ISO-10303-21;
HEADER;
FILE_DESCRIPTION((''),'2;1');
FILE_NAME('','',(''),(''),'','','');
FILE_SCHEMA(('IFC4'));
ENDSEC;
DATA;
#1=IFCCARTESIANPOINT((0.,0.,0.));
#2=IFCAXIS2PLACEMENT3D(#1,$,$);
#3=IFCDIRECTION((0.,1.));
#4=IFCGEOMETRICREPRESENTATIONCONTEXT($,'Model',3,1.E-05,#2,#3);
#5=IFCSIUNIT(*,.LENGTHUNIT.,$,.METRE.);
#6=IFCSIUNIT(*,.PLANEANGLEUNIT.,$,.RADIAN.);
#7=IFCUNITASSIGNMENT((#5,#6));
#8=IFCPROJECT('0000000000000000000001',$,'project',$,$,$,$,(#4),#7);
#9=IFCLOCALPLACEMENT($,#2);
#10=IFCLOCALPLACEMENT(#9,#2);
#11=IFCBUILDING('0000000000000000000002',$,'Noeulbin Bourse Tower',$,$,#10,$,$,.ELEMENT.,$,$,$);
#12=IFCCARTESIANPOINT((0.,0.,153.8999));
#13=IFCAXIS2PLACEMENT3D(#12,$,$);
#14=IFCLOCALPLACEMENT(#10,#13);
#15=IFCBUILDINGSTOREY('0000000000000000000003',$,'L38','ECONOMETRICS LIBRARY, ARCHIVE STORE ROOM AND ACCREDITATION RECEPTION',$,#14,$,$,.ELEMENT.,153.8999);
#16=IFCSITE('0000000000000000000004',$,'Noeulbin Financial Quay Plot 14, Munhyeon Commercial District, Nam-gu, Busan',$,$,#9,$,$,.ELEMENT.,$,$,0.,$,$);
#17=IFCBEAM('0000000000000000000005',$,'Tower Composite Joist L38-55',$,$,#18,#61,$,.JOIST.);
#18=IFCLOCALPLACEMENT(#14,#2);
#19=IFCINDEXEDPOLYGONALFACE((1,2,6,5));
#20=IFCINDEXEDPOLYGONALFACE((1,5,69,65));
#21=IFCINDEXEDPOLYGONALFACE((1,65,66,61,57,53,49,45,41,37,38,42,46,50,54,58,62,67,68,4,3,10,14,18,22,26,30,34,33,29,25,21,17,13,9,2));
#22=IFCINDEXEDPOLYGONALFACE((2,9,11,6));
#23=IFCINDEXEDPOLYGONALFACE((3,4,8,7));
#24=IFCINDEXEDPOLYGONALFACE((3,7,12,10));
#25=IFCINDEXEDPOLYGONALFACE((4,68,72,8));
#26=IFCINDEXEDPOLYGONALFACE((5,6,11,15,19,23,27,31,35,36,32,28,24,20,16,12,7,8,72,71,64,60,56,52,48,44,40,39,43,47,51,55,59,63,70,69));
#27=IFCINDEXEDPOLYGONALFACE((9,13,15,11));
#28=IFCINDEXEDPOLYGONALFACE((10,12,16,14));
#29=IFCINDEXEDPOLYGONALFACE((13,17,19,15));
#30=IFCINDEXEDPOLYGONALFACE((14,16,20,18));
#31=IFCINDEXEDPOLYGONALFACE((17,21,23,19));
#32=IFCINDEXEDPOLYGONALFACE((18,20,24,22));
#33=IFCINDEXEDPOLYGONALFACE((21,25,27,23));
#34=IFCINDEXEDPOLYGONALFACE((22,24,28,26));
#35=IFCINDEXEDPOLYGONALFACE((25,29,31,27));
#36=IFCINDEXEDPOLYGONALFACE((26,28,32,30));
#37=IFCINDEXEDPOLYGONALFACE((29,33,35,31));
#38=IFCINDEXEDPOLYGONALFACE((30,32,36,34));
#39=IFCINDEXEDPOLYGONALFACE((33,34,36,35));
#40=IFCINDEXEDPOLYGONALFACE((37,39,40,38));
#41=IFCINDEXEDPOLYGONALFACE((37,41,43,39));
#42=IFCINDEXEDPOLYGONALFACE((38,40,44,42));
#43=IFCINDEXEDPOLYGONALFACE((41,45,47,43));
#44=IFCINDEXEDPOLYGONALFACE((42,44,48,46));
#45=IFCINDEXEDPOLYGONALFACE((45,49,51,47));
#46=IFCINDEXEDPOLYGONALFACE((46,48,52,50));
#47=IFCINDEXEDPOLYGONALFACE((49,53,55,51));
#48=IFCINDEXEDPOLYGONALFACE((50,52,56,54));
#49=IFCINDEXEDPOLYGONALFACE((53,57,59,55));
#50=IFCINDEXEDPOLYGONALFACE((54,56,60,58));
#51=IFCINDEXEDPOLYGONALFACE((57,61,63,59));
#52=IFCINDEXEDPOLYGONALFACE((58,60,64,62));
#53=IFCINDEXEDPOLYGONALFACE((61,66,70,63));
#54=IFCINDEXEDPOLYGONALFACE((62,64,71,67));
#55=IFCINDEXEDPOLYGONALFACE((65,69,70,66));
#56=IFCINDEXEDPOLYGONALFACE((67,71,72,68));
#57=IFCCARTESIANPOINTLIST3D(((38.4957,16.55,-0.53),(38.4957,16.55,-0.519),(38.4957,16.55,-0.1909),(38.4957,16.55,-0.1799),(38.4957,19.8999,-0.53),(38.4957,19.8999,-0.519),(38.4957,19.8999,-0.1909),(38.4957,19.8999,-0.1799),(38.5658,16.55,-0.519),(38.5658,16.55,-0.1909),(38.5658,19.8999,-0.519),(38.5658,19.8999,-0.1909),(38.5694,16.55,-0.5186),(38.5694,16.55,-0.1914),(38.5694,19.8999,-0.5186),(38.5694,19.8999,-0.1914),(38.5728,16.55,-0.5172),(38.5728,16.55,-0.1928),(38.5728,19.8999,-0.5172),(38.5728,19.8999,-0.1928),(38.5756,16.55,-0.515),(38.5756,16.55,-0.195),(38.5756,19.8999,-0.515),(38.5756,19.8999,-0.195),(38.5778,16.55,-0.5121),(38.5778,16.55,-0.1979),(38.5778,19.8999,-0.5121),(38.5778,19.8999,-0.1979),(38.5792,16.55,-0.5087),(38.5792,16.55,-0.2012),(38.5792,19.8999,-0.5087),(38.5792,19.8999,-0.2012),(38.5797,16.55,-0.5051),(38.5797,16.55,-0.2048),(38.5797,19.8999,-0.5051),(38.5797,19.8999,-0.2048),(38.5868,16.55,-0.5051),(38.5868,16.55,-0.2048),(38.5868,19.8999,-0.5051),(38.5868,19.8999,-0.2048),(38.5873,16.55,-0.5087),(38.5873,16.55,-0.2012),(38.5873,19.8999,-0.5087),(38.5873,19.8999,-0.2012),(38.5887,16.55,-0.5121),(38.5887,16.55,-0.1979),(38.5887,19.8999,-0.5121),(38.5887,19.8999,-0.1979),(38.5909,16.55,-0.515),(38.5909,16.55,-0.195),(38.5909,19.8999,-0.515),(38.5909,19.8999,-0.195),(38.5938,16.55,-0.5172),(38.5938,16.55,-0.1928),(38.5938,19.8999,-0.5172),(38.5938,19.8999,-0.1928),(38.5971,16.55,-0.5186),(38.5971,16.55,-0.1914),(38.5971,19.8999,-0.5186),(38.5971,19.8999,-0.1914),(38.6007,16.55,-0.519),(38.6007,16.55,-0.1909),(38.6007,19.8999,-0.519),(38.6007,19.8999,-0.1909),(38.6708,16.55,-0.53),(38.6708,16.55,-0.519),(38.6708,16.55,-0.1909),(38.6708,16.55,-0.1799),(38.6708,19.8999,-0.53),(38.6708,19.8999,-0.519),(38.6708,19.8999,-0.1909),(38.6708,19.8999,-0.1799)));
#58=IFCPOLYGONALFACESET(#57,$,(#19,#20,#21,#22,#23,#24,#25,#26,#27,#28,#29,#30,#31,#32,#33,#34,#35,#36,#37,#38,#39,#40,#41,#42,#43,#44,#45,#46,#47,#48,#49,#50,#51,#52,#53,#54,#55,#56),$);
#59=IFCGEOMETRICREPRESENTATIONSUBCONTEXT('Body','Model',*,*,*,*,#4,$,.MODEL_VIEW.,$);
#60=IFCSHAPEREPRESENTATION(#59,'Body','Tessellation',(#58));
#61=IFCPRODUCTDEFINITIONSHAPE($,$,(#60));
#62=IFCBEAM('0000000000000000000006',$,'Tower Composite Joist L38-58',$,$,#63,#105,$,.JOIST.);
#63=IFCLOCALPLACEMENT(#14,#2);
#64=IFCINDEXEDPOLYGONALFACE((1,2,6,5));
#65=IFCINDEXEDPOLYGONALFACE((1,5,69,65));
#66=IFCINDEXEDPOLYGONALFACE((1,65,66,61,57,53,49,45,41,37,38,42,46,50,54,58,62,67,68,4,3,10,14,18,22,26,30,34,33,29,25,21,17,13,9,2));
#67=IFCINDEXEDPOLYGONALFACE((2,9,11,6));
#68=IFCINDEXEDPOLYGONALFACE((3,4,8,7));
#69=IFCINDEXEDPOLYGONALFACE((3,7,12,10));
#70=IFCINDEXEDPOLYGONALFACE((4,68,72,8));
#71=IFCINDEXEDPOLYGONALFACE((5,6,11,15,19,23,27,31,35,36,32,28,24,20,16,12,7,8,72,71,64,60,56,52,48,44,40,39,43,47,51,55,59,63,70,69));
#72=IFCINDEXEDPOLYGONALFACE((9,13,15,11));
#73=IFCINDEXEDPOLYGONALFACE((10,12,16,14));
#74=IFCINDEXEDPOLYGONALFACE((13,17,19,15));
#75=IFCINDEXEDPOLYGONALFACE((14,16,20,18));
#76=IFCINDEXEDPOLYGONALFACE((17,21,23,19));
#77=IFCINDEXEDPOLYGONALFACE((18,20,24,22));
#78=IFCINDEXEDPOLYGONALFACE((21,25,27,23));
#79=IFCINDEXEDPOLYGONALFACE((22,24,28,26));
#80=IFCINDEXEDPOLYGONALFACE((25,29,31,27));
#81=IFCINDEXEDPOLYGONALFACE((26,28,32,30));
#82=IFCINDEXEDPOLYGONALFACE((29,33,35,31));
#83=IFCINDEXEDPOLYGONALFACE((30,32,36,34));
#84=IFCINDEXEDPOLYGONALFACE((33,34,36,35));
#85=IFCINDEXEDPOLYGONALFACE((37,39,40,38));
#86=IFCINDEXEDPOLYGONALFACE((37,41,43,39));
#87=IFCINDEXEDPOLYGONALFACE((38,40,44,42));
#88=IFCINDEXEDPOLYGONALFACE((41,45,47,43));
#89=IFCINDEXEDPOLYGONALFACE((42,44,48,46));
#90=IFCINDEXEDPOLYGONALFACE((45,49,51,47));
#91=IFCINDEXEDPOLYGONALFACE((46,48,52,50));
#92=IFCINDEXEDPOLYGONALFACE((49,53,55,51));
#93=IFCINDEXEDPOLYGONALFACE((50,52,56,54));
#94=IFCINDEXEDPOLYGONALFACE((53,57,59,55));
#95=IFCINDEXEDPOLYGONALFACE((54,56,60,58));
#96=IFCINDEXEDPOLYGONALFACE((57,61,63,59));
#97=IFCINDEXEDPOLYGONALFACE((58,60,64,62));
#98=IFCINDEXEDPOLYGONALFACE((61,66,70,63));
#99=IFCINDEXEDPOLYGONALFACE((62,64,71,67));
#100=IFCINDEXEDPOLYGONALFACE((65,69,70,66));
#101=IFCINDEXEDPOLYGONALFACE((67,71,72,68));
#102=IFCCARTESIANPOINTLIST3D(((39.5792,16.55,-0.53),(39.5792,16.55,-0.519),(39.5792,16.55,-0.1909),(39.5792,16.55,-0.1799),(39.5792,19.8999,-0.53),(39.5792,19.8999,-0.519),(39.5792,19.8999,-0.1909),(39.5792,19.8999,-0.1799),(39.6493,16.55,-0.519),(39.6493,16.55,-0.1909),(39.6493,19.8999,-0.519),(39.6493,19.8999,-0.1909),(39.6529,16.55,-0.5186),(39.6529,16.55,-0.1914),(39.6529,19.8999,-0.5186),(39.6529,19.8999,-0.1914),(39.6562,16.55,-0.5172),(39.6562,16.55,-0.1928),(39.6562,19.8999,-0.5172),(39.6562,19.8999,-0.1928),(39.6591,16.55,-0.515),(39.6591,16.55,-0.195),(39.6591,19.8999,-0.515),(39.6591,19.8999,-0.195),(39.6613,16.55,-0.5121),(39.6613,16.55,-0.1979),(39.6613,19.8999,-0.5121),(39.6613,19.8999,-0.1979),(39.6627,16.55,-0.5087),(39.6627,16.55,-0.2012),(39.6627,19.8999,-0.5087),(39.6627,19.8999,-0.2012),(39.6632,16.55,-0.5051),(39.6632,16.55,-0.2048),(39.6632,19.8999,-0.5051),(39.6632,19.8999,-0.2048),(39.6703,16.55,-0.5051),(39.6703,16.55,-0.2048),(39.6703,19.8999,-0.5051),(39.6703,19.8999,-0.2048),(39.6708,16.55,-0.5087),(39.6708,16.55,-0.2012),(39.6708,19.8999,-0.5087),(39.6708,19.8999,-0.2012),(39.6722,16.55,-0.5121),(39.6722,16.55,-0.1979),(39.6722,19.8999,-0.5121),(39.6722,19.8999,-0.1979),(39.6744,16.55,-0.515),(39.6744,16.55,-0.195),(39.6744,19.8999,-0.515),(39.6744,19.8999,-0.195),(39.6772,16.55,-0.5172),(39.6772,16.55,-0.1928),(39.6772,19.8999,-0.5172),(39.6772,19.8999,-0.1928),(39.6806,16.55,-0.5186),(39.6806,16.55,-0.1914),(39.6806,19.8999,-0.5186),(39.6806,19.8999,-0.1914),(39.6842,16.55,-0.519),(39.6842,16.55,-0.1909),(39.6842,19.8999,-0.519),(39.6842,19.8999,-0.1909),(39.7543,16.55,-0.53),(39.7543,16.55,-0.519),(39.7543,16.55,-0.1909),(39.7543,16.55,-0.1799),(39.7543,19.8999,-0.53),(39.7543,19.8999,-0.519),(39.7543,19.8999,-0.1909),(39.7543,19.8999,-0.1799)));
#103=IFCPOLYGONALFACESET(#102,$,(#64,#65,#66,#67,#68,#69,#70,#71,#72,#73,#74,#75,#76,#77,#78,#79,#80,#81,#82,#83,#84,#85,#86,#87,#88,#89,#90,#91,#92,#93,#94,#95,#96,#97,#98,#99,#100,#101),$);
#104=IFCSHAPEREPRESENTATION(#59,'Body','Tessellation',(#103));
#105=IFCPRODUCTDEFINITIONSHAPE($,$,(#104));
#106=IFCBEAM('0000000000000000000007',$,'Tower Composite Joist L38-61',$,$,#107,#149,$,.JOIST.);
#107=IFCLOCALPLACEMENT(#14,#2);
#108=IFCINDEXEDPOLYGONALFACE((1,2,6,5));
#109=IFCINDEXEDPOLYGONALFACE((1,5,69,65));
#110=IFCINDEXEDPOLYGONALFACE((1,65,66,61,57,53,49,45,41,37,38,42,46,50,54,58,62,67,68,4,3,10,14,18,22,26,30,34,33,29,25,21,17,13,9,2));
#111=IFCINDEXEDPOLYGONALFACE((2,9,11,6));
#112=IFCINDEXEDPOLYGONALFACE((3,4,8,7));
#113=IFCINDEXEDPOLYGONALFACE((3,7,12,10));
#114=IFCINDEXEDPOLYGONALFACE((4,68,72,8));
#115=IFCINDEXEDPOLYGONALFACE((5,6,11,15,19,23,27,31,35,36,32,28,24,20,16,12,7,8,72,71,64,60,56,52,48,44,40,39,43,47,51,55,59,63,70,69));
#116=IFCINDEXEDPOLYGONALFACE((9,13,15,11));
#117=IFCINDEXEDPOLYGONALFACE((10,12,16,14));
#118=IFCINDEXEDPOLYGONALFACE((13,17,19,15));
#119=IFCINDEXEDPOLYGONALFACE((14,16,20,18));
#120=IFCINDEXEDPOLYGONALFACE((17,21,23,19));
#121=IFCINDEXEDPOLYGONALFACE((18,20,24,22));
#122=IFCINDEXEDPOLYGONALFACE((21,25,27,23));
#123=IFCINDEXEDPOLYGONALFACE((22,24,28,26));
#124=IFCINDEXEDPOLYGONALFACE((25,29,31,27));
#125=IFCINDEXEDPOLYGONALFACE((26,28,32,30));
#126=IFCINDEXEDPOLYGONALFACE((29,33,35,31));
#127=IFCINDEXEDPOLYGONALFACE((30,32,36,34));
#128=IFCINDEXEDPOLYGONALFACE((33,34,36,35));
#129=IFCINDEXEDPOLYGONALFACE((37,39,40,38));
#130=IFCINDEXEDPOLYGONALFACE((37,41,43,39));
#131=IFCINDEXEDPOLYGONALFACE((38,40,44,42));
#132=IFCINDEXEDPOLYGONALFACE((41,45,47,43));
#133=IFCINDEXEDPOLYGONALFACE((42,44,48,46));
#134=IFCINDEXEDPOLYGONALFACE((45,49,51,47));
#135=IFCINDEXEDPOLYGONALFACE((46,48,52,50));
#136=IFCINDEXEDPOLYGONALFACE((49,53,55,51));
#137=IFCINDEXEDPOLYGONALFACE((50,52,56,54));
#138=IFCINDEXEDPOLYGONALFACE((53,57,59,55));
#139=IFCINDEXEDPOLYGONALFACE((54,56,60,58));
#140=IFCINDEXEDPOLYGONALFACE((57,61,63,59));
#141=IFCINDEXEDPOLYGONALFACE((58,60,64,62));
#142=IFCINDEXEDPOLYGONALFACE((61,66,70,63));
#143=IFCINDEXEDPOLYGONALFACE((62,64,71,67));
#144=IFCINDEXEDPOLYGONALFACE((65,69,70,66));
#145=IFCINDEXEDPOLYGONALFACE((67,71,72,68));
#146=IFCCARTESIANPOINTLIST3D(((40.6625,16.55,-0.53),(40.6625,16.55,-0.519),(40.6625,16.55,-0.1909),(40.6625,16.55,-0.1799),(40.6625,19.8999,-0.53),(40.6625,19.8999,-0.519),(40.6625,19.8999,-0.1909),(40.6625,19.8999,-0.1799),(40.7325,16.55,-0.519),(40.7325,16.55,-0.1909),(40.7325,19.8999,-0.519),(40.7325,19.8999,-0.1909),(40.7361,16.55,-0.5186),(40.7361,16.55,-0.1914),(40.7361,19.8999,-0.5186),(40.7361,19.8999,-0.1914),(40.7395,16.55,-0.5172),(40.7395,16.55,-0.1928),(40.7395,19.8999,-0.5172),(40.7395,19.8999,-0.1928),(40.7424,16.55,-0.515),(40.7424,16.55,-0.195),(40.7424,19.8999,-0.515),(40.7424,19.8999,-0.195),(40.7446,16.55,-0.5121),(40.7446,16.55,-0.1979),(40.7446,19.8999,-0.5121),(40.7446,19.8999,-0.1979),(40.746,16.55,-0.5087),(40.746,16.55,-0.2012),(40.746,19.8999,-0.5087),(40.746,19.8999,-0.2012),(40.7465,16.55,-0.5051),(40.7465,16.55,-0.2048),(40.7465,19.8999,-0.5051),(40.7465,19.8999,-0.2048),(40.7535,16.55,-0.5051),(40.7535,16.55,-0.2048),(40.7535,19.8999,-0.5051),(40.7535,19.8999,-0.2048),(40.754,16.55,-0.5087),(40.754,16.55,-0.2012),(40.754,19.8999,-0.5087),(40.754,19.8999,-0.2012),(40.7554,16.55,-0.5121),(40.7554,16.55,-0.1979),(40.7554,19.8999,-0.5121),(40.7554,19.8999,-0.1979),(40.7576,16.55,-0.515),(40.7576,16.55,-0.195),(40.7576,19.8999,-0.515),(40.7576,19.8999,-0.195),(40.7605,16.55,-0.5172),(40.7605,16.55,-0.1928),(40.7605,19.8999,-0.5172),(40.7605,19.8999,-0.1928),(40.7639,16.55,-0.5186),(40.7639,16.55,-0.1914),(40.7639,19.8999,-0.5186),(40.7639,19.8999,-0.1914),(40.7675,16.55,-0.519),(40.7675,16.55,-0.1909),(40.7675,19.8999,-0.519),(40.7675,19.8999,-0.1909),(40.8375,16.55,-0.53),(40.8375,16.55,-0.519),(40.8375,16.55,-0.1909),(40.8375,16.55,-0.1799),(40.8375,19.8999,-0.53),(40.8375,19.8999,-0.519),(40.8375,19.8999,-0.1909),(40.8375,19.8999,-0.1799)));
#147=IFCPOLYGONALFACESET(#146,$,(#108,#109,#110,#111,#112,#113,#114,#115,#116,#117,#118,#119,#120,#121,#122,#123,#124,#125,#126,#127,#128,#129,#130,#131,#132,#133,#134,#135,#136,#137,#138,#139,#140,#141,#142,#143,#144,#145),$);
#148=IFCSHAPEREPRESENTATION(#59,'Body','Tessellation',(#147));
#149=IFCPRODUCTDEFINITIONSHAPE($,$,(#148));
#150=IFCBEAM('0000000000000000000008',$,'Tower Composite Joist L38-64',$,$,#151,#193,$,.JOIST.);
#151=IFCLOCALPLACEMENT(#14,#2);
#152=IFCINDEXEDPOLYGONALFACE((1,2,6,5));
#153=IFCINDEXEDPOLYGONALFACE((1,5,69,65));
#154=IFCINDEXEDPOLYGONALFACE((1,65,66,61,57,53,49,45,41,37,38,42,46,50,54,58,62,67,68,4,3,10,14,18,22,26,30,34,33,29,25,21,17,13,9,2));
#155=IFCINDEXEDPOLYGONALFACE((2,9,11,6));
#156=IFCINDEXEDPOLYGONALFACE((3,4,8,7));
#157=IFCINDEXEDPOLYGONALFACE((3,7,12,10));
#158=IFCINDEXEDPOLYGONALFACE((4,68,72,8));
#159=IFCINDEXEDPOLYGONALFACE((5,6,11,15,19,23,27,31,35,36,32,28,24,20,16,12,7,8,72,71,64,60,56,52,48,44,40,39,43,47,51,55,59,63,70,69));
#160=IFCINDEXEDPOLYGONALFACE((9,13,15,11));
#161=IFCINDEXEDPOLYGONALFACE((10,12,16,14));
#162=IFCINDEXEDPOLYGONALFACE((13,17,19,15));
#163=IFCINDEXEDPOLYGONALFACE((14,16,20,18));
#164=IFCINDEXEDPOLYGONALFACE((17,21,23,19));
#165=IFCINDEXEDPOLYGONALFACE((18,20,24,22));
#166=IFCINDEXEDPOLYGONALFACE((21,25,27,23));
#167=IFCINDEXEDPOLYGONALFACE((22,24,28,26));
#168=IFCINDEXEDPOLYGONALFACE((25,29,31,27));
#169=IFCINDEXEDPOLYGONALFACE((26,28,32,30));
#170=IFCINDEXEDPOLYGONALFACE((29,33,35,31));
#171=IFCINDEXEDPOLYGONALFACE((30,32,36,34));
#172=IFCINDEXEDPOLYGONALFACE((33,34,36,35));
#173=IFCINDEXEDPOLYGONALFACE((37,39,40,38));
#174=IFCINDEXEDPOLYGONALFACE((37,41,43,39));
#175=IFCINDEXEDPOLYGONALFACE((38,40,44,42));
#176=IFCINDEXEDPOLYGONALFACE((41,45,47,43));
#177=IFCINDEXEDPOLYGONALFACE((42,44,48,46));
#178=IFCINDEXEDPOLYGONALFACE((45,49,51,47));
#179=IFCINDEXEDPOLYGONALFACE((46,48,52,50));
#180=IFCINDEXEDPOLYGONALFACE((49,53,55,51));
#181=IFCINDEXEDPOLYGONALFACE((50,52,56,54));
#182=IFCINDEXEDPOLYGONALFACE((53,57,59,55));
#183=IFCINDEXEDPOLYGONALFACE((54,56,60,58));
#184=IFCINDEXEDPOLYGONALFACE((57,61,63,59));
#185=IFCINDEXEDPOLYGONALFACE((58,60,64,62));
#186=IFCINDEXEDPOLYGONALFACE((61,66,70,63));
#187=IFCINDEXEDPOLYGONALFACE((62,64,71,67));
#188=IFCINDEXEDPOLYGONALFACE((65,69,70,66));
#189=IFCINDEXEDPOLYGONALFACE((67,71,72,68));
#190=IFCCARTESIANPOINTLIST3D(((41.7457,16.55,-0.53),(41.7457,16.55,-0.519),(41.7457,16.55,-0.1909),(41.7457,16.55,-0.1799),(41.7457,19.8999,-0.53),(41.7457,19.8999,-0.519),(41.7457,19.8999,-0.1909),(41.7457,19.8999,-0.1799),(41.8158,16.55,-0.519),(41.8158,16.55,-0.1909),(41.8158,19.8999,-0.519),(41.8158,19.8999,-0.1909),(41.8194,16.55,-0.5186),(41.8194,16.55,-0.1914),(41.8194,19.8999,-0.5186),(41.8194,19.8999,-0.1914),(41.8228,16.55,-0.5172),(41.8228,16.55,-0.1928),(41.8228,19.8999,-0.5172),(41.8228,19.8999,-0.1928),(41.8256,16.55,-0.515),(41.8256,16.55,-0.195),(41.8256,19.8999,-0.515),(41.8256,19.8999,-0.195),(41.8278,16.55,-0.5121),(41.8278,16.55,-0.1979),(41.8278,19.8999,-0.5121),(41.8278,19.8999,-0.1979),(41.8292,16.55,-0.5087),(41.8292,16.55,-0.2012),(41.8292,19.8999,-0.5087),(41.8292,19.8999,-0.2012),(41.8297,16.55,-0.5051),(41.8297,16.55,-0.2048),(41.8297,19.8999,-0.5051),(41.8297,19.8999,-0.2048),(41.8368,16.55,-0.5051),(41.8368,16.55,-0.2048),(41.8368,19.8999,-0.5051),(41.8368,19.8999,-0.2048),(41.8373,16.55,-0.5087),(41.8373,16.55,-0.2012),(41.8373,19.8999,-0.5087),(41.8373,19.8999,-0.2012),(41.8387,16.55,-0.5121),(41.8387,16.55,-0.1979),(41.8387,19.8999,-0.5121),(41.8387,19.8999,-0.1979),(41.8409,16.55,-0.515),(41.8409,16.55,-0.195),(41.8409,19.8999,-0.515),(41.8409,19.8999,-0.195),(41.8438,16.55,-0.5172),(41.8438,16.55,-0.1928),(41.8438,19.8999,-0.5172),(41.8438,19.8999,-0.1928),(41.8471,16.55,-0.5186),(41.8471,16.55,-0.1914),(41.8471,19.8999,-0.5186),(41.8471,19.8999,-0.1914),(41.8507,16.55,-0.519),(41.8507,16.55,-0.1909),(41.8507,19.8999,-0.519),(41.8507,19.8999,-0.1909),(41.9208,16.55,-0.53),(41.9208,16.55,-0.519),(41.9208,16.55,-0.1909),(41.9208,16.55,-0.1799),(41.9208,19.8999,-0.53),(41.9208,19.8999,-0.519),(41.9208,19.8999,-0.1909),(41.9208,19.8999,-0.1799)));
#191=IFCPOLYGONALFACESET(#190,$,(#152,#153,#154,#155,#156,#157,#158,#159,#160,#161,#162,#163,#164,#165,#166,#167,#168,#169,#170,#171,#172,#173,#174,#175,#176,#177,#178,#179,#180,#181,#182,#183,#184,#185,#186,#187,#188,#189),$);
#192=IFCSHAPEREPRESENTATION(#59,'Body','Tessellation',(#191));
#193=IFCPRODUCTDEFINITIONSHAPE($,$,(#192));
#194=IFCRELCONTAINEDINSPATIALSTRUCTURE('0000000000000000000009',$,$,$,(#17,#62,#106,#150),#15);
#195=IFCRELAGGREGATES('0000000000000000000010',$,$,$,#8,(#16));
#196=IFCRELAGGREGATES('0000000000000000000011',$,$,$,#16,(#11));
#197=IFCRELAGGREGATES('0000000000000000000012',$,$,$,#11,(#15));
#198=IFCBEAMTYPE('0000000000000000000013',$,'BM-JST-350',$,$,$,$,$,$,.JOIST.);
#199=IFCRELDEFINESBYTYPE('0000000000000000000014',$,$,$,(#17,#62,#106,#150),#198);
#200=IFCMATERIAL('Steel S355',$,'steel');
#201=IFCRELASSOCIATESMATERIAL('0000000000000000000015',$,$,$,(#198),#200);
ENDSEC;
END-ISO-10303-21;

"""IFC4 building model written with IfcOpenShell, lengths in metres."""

from ifc_helpers import new_model, si_unit, direction, frame, origin, origin_2d, place, context, subcontext, project, spatial, i_section, extrude, material, material_profile, profile_set, type_object, element, save


model = new_model("IFC4")

# Units and contexts
model_context = context("Model", 3, precision=1e-05, world=origin(), true_north=direction((0.0, 1.0)))
body_context = subcontext(model_context, "Body", "Model", "MODEL_VIEW")
ifc_project = project(units=[si_unit("LENGTHUNIT", "METRE"), si_unit("PLANEANGLEUNIT", "RADIAN")], contexts=[model_context])

# Site, building, storey
site_placement = place(None, origin())
site = spatial("IfcSite", under=ifc_project, at=site_placement, Name="Noeulbin Financial Quay Plot 14, Munhyeon Commercial District, Nam-gu, Busan", CompositionType="ELEMENT", RefElevation=0.0)
building_placement = place(site_placement, origin())
building = spatial("IfcBuilding", under=site, at=building_placement, Name="Noeulbin Bourse Tower", CompositionType="ELEMENT")
storey_placement = place(building_placement, frame((0.0, 0.0, 153.8999)))
storey = spatial("IfcBuildingStorey", under=building, at=storey_placement, Name="L38", Description="ECONOMETRICS LIBRARY, ARCHIVE STORE ROOM AND ACCREDITATION RECEPTION", CompositionType="ELEMENT", Elevation=153.8999)

# Shared definitions
ifc_material_1 = material(Name="Steel S355", Category="steel")

# Beams
ifc_material_profile_1 = material_profile(ifc_material_1, i_section(OverallWidth=0.175, OverallDepth=0.3501, WebThickness=0.0071, FlangeThickness=0.011, FilletRadius=0.0139, at=origin_2d()), Name="H-350x175x7x11", Category="LoadBearing")
ifc_profile_set_1 = profile_set([ifc_material_profile_1], Name="Steel S355")
beam_type_1 = type_object("IfcBeamType", Name="BM-JST-350", PredefinedType="JOIST", material=ifc_profile_set_1)
for number, where, z_axis, x_axis, name in (
    (1, (38.5833, 16.55, -0.355), (0.0, 1.0, 0.0), (-1.0, 0.0, 0.0), "Tower Composite Joist L38-55"),
    (2, (39.6667, 16.55, -0.355), (0.0, 1.0, 0.0), (-1.0, 0.0, 0.0), "Tower Composite Joist L38-58"),
    (3, (40.75, 16.55, -0.355), (0.0, 1.0, 0.0), (-1.0, 0.0, 0.0), "Tower Composite Joist L38-61"),
    (4, (41.8333, 16.55, -0.355), (0.0, 1.0, 0.0), (-1.0, 0.0, 0.0), "Tower Composite Joist L38-64"),
):
    element("IfcBeam", number, at=place(storey_placement, frame(where, z_axis=z_axis, x_axis=x_axis)), inside=storey, type_object=beam_type_1, Name=name, PredefinedType="JOIST", context=body_context, shape_type="SweptSolid", body=[
        extrude(i_section(OverallWidth=0.175, OverallDepth=0.3501, WebThickness=0.0071, FlangeThickness=0.011, FilletRadius=0.0139, at=origin_2d()), origin(), (0.0, 0.0, 1.0), 3.3499),
    ])

save(model, "model.ifc")
